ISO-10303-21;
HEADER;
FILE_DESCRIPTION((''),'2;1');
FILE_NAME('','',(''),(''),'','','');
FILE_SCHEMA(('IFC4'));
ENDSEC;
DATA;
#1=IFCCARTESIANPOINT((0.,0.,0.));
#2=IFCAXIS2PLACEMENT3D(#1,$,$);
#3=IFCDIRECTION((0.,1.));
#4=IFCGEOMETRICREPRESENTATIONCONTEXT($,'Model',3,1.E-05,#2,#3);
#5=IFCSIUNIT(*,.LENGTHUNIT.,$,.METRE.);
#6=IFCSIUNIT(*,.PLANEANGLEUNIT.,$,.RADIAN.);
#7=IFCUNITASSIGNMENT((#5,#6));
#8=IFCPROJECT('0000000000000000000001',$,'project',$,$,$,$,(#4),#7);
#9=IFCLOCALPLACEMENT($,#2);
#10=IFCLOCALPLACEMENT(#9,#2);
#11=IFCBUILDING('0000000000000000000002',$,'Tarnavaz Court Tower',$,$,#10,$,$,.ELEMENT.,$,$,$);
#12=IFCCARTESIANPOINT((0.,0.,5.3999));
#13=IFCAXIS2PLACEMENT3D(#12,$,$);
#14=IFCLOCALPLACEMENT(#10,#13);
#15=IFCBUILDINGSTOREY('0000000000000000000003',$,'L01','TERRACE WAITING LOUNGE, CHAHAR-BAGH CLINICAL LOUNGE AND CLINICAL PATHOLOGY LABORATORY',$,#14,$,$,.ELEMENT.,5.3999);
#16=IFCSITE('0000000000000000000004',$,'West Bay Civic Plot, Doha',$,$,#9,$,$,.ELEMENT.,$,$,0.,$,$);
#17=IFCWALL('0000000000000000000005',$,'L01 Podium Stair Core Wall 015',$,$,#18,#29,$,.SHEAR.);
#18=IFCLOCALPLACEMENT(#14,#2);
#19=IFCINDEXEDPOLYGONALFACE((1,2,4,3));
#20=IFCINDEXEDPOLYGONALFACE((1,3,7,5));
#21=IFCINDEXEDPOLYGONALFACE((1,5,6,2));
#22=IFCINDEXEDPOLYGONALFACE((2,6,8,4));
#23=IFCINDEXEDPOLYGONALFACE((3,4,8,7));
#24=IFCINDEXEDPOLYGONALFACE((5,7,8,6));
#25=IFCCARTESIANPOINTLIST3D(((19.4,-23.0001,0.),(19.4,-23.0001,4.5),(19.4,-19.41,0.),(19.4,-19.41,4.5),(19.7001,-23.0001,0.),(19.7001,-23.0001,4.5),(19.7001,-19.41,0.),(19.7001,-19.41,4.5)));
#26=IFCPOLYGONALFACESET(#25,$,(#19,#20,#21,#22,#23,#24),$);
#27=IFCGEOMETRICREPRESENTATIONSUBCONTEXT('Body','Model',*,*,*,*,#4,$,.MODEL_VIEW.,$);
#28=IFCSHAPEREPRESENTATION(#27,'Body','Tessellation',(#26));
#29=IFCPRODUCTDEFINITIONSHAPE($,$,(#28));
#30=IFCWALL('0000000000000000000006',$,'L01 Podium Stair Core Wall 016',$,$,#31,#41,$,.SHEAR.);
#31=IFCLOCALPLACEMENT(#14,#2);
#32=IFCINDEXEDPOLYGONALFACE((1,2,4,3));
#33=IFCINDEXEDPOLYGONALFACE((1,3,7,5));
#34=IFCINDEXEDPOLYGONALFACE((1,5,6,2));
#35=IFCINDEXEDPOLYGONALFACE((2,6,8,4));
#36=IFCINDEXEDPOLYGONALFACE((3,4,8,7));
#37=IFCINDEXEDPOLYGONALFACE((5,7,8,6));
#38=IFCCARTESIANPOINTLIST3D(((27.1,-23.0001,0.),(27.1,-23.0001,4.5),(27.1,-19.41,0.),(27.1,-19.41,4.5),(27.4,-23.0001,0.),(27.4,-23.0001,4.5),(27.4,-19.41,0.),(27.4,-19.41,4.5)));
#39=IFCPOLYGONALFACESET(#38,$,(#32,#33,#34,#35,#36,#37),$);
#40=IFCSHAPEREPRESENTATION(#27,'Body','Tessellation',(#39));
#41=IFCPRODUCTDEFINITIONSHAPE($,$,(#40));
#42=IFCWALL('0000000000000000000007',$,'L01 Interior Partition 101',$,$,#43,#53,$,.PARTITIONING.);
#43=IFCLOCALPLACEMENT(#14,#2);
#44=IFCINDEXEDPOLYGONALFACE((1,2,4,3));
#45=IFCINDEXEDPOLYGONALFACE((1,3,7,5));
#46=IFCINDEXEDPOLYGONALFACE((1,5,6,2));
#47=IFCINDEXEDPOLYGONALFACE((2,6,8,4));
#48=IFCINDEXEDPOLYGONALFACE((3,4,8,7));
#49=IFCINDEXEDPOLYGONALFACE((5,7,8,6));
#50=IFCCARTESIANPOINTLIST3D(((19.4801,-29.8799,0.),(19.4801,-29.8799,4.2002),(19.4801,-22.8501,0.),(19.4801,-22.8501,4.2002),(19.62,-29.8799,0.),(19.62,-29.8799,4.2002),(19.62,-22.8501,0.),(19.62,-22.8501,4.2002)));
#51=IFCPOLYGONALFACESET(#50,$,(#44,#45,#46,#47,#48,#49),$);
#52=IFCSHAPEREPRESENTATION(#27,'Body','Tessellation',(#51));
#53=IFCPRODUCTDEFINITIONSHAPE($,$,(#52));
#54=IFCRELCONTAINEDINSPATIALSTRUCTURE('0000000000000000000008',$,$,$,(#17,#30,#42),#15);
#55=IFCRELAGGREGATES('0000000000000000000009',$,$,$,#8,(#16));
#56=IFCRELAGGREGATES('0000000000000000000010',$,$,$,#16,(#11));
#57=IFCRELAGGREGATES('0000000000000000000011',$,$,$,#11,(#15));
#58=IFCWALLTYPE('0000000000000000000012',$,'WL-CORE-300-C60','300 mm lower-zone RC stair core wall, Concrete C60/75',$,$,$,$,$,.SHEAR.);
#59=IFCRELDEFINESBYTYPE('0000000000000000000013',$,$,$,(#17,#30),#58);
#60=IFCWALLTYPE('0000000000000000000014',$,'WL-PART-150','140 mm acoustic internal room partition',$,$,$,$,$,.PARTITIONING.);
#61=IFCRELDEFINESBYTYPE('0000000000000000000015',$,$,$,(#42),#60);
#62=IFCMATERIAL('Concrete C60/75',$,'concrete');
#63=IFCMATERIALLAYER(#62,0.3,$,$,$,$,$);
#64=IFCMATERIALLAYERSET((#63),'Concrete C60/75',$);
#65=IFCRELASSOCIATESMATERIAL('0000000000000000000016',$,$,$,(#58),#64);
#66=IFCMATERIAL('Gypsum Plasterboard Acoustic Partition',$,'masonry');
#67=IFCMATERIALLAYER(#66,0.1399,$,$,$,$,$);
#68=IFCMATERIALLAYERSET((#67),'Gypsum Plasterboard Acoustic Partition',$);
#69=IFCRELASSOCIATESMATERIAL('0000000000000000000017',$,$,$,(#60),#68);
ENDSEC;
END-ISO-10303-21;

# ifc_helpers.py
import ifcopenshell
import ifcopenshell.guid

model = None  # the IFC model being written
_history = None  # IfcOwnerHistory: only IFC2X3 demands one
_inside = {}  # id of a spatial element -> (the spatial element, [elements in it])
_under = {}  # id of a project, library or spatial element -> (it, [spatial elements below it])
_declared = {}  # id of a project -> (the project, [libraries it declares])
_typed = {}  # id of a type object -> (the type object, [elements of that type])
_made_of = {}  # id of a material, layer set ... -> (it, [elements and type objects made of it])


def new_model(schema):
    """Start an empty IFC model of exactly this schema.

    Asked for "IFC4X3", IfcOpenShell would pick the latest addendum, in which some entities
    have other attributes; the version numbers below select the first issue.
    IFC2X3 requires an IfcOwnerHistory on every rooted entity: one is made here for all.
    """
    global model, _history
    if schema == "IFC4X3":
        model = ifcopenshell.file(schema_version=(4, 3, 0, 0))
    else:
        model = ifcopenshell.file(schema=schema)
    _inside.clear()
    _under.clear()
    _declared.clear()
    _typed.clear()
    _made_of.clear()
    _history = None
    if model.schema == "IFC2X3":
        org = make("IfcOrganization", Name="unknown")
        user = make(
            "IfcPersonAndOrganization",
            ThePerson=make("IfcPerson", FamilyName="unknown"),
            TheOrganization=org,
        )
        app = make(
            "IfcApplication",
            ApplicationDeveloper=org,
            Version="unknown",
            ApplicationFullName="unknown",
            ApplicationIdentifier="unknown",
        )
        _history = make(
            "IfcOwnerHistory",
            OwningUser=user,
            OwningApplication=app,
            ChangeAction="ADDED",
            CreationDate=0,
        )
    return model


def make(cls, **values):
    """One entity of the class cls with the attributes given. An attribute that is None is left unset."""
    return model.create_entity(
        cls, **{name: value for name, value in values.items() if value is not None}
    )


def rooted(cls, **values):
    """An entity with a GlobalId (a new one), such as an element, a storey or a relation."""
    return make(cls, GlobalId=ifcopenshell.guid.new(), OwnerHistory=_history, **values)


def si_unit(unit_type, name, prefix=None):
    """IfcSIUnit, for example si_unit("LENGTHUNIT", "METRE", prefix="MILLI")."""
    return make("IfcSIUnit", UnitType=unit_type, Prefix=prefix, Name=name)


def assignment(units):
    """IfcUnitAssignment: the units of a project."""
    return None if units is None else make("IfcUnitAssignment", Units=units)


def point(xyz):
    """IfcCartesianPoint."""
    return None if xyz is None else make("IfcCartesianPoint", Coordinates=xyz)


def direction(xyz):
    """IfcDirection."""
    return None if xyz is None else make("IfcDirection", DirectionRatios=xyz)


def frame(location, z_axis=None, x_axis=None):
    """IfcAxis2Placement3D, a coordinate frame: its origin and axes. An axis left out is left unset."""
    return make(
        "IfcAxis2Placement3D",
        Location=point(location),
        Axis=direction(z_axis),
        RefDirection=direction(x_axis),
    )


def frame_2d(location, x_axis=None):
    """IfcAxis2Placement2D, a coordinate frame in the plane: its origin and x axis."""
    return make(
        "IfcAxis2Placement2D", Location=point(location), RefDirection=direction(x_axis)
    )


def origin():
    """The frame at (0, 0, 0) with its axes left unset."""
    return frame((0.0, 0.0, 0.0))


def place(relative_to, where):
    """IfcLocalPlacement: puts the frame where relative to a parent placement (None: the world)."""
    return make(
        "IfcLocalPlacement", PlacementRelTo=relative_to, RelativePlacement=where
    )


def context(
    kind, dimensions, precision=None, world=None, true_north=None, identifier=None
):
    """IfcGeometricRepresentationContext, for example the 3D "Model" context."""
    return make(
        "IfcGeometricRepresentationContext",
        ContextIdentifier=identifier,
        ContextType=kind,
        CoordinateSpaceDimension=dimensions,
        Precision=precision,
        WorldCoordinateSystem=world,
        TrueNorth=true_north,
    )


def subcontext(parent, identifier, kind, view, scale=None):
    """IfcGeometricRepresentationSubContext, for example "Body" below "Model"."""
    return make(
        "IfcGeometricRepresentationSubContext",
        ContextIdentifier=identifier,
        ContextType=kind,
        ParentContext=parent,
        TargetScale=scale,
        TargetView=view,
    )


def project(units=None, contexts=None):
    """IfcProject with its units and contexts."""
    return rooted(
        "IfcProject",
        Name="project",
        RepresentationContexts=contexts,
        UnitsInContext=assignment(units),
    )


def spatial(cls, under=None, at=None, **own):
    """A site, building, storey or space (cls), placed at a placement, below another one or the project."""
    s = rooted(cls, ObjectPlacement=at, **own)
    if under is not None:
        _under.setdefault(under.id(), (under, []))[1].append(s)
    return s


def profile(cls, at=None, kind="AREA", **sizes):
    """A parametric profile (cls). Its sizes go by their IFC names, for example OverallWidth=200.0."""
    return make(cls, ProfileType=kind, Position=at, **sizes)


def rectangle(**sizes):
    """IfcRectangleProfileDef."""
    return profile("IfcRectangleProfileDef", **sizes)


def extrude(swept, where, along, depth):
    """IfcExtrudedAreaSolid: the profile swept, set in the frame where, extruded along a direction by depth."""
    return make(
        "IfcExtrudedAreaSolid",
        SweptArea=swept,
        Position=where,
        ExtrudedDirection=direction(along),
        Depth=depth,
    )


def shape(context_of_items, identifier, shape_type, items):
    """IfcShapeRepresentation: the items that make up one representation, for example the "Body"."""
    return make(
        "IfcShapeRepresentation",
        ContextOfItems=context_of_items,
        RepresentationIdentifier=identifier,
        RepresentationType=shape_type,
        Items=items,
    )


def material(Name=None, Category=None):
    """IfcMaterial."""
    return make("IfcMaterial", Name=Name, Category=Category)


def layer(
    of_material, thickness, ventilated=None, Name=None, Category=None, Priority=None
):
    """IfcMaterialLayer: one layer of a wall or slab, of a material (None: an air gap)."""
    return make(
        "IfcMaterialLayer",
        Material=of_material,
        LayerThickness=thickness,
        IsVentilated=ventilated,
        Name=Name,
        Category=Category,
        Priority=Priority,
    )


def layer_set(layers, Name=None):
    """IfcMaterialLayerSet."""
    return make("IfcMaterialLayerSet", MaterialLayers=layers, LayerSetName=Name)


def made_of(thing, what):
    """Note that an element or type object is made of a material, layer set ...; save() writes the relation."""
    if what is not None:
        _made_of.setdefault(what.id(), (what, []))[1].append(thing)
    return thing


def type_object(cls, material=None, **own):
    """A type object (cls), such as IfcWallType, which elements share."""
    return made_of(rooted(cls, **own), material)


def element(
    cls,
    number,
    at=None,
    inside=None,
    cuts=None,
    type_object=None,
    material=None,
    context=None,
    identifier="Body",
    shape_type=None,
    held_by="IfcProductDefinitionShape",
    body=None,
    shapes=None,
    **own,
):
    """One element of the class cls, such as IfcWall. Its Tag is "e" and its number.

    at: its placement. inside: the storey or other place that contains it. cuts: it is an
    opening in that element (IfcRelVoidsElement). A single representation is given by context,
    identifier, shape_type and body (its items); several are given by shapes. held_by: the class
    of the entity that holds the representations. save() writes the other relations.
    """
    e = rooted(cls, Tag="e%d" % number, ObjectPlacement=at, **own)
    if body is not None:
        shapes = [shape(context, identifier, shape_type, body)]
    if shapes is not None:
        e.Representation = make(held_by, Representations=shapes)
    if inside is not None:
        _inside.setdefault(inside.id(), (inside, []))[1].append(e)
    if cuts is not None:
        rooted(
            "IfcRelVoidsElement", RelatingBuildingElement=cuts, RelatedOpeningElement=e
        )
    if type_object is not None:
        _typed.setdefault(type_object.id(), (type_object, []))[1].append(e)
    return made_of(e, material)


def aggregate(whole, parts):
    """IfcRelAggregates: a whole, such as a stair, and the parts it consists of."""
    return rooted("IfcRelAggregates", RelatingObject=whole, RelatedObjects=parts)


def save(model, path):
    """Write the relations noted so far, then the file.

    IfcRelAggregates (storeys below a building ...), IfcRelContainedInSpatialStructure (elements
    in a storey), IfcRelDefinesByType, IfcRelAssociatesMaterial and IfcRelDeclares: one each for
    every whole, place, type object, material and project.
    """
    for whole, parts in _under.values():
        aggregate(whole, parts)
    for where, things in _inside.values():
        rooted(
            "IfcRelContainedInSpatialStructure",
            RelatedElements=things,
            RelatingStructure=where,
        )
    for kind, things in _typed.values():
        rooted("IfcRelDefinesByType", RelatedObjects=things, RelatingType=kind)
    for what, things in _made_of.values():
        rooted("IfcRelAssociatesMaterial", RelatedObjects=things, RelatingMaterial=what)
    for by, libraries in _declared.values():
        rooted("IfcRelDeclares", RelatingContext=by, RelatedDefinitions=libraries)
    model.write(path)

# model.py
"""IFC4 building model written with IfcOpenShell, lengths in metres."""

from ifc_helpers import new_model, si_unit, direction, frame, frame_2d, origin, place, context, subcontext, project, spatial, rectangle, extrude, material, layer, layer_set, type_object, element, save


model = new_model("IFC4")

# Units and contexts
model_context = context("Model", 3, precision=1e-05, world=origin(), true_north=direction((0.0, 1.0)))
body_context = subcontext(model_context, "Body", "Model", "MODEL_VIEW")
ifc_project = project(units=[si_unit("LENGTHUNIT", "METRE"), si_unit("PLANEANGLEUNIT", "RADIAN")], contexts=[model_context])

# Site, building, storey
site_placement = place(None, origin())
site = spatial("IfcSite", under=ifc_project, at=site_placement, Name="West Bay Civic Plot, Doha", CompositionType="ELEMENT", RefElevation=0.0)
building_placement = place(site_placement, origin())
building = spatial("IfcBuilding", under=site, at=building_placement, Name="Tarnavaz Court Tower", CompositionType="ELEMENT")
storey_placement = place(building_placement, frame((0.0, 0.0, 5.3999)))
storey = spatial("IfcBuildingStorey", under=building, at=storey_placement, Name="L01", Description="TERRACE WAITING LOUNGE, CHAHAR-BAGH CLINICAL LOUNGE AND CLINICAL PATHOLOGY LABORATORY", CompositionType="ELEMENT", Elevation=5.3999)

# Shared definitions
ifc_material_1 = material(Name="Concrete C60/75", Category="concrete")

# Walls
ifc_layer_1 = layer(ifc_material_1, 0.3)
ifc_layer_set_1 = layer_set([ifc_layer_1], Name="Concrete C60/75")
wall_type_1 = type_object("IfcWallType", Name="WL-CORE-300-C60", Description="300 mm lower-zone RC stair core wall, Concrete C60/75", PredefinedType="SHEAR", material=ifc_layer_set_1)
for number, where, z_axis, x_axis, name in (
    (1, (19.55, -23.0, 0.0), (0.0, 0.0, 1.0), (0.0, 1.0, 0.0), "L01 Podium Stair Core Wall 015"),
    (2, (27.25, -23.0, 0.0), (0.0, 0.0, 1.0), (0.0, 1.0, 0.0), "L01 Podium Stair Core Wall 016"),
):
    element("IfcWall", number, at=place(storey_placement, frame(where, z_axis=z_axis, x_axis=x_axis)), inside=storey, type_object=wall_type_1, Name=name, PredefinedType="SHEAR", context=body_context, shape_type="SweptSolid", body=[
        extrude(rectangle(XDim=3.5901, YDim=0.3, at=frame_2d((1.7949, 0.0))), origin(), (0.0, 0.0, 1.0), 4.5),
    ])
ifc_material_2 = material(Name="Gypsum Plasterboard Acoustic Partition", Category="masonry")
ifc_layer_2 = layer(ifc_material_2, 0.1399)
ifc_layer_set_2 = layer_set([ifc_layer_2], Name="Gypsum Plasterboard Acoustic Partition")
wall_type_2 = type_object("IfcWallType", Name="WL-PART-150", Description="140 mm acoustic internal room partition", PredefinedType="PARTITIONING", material=ifc_layer_set_2)
wall_1_placement = place(storey_placement, frame((19.55, -29.8799, 0.0), z_axis=(0.0, 0.0, 1.0), x_axis=(0.0, 1.0, 0.0)))
element("IfcWall", 3, at=wall_1_placement, inside=storey, type_object=wall_type_2, Name="L01 Interior Partition 101", PredefinedType="PARTITIONING", context=body_context, shape_type="SweptSolid", body=[
    extrude(rectangle(XDim=7.0298, YDim=0.1399, at=frame_2d((3.5149, 0.0))), origin(), (0.0, 0.0, 1.0), 4.2002),
])

save(model, "model.ifc")
